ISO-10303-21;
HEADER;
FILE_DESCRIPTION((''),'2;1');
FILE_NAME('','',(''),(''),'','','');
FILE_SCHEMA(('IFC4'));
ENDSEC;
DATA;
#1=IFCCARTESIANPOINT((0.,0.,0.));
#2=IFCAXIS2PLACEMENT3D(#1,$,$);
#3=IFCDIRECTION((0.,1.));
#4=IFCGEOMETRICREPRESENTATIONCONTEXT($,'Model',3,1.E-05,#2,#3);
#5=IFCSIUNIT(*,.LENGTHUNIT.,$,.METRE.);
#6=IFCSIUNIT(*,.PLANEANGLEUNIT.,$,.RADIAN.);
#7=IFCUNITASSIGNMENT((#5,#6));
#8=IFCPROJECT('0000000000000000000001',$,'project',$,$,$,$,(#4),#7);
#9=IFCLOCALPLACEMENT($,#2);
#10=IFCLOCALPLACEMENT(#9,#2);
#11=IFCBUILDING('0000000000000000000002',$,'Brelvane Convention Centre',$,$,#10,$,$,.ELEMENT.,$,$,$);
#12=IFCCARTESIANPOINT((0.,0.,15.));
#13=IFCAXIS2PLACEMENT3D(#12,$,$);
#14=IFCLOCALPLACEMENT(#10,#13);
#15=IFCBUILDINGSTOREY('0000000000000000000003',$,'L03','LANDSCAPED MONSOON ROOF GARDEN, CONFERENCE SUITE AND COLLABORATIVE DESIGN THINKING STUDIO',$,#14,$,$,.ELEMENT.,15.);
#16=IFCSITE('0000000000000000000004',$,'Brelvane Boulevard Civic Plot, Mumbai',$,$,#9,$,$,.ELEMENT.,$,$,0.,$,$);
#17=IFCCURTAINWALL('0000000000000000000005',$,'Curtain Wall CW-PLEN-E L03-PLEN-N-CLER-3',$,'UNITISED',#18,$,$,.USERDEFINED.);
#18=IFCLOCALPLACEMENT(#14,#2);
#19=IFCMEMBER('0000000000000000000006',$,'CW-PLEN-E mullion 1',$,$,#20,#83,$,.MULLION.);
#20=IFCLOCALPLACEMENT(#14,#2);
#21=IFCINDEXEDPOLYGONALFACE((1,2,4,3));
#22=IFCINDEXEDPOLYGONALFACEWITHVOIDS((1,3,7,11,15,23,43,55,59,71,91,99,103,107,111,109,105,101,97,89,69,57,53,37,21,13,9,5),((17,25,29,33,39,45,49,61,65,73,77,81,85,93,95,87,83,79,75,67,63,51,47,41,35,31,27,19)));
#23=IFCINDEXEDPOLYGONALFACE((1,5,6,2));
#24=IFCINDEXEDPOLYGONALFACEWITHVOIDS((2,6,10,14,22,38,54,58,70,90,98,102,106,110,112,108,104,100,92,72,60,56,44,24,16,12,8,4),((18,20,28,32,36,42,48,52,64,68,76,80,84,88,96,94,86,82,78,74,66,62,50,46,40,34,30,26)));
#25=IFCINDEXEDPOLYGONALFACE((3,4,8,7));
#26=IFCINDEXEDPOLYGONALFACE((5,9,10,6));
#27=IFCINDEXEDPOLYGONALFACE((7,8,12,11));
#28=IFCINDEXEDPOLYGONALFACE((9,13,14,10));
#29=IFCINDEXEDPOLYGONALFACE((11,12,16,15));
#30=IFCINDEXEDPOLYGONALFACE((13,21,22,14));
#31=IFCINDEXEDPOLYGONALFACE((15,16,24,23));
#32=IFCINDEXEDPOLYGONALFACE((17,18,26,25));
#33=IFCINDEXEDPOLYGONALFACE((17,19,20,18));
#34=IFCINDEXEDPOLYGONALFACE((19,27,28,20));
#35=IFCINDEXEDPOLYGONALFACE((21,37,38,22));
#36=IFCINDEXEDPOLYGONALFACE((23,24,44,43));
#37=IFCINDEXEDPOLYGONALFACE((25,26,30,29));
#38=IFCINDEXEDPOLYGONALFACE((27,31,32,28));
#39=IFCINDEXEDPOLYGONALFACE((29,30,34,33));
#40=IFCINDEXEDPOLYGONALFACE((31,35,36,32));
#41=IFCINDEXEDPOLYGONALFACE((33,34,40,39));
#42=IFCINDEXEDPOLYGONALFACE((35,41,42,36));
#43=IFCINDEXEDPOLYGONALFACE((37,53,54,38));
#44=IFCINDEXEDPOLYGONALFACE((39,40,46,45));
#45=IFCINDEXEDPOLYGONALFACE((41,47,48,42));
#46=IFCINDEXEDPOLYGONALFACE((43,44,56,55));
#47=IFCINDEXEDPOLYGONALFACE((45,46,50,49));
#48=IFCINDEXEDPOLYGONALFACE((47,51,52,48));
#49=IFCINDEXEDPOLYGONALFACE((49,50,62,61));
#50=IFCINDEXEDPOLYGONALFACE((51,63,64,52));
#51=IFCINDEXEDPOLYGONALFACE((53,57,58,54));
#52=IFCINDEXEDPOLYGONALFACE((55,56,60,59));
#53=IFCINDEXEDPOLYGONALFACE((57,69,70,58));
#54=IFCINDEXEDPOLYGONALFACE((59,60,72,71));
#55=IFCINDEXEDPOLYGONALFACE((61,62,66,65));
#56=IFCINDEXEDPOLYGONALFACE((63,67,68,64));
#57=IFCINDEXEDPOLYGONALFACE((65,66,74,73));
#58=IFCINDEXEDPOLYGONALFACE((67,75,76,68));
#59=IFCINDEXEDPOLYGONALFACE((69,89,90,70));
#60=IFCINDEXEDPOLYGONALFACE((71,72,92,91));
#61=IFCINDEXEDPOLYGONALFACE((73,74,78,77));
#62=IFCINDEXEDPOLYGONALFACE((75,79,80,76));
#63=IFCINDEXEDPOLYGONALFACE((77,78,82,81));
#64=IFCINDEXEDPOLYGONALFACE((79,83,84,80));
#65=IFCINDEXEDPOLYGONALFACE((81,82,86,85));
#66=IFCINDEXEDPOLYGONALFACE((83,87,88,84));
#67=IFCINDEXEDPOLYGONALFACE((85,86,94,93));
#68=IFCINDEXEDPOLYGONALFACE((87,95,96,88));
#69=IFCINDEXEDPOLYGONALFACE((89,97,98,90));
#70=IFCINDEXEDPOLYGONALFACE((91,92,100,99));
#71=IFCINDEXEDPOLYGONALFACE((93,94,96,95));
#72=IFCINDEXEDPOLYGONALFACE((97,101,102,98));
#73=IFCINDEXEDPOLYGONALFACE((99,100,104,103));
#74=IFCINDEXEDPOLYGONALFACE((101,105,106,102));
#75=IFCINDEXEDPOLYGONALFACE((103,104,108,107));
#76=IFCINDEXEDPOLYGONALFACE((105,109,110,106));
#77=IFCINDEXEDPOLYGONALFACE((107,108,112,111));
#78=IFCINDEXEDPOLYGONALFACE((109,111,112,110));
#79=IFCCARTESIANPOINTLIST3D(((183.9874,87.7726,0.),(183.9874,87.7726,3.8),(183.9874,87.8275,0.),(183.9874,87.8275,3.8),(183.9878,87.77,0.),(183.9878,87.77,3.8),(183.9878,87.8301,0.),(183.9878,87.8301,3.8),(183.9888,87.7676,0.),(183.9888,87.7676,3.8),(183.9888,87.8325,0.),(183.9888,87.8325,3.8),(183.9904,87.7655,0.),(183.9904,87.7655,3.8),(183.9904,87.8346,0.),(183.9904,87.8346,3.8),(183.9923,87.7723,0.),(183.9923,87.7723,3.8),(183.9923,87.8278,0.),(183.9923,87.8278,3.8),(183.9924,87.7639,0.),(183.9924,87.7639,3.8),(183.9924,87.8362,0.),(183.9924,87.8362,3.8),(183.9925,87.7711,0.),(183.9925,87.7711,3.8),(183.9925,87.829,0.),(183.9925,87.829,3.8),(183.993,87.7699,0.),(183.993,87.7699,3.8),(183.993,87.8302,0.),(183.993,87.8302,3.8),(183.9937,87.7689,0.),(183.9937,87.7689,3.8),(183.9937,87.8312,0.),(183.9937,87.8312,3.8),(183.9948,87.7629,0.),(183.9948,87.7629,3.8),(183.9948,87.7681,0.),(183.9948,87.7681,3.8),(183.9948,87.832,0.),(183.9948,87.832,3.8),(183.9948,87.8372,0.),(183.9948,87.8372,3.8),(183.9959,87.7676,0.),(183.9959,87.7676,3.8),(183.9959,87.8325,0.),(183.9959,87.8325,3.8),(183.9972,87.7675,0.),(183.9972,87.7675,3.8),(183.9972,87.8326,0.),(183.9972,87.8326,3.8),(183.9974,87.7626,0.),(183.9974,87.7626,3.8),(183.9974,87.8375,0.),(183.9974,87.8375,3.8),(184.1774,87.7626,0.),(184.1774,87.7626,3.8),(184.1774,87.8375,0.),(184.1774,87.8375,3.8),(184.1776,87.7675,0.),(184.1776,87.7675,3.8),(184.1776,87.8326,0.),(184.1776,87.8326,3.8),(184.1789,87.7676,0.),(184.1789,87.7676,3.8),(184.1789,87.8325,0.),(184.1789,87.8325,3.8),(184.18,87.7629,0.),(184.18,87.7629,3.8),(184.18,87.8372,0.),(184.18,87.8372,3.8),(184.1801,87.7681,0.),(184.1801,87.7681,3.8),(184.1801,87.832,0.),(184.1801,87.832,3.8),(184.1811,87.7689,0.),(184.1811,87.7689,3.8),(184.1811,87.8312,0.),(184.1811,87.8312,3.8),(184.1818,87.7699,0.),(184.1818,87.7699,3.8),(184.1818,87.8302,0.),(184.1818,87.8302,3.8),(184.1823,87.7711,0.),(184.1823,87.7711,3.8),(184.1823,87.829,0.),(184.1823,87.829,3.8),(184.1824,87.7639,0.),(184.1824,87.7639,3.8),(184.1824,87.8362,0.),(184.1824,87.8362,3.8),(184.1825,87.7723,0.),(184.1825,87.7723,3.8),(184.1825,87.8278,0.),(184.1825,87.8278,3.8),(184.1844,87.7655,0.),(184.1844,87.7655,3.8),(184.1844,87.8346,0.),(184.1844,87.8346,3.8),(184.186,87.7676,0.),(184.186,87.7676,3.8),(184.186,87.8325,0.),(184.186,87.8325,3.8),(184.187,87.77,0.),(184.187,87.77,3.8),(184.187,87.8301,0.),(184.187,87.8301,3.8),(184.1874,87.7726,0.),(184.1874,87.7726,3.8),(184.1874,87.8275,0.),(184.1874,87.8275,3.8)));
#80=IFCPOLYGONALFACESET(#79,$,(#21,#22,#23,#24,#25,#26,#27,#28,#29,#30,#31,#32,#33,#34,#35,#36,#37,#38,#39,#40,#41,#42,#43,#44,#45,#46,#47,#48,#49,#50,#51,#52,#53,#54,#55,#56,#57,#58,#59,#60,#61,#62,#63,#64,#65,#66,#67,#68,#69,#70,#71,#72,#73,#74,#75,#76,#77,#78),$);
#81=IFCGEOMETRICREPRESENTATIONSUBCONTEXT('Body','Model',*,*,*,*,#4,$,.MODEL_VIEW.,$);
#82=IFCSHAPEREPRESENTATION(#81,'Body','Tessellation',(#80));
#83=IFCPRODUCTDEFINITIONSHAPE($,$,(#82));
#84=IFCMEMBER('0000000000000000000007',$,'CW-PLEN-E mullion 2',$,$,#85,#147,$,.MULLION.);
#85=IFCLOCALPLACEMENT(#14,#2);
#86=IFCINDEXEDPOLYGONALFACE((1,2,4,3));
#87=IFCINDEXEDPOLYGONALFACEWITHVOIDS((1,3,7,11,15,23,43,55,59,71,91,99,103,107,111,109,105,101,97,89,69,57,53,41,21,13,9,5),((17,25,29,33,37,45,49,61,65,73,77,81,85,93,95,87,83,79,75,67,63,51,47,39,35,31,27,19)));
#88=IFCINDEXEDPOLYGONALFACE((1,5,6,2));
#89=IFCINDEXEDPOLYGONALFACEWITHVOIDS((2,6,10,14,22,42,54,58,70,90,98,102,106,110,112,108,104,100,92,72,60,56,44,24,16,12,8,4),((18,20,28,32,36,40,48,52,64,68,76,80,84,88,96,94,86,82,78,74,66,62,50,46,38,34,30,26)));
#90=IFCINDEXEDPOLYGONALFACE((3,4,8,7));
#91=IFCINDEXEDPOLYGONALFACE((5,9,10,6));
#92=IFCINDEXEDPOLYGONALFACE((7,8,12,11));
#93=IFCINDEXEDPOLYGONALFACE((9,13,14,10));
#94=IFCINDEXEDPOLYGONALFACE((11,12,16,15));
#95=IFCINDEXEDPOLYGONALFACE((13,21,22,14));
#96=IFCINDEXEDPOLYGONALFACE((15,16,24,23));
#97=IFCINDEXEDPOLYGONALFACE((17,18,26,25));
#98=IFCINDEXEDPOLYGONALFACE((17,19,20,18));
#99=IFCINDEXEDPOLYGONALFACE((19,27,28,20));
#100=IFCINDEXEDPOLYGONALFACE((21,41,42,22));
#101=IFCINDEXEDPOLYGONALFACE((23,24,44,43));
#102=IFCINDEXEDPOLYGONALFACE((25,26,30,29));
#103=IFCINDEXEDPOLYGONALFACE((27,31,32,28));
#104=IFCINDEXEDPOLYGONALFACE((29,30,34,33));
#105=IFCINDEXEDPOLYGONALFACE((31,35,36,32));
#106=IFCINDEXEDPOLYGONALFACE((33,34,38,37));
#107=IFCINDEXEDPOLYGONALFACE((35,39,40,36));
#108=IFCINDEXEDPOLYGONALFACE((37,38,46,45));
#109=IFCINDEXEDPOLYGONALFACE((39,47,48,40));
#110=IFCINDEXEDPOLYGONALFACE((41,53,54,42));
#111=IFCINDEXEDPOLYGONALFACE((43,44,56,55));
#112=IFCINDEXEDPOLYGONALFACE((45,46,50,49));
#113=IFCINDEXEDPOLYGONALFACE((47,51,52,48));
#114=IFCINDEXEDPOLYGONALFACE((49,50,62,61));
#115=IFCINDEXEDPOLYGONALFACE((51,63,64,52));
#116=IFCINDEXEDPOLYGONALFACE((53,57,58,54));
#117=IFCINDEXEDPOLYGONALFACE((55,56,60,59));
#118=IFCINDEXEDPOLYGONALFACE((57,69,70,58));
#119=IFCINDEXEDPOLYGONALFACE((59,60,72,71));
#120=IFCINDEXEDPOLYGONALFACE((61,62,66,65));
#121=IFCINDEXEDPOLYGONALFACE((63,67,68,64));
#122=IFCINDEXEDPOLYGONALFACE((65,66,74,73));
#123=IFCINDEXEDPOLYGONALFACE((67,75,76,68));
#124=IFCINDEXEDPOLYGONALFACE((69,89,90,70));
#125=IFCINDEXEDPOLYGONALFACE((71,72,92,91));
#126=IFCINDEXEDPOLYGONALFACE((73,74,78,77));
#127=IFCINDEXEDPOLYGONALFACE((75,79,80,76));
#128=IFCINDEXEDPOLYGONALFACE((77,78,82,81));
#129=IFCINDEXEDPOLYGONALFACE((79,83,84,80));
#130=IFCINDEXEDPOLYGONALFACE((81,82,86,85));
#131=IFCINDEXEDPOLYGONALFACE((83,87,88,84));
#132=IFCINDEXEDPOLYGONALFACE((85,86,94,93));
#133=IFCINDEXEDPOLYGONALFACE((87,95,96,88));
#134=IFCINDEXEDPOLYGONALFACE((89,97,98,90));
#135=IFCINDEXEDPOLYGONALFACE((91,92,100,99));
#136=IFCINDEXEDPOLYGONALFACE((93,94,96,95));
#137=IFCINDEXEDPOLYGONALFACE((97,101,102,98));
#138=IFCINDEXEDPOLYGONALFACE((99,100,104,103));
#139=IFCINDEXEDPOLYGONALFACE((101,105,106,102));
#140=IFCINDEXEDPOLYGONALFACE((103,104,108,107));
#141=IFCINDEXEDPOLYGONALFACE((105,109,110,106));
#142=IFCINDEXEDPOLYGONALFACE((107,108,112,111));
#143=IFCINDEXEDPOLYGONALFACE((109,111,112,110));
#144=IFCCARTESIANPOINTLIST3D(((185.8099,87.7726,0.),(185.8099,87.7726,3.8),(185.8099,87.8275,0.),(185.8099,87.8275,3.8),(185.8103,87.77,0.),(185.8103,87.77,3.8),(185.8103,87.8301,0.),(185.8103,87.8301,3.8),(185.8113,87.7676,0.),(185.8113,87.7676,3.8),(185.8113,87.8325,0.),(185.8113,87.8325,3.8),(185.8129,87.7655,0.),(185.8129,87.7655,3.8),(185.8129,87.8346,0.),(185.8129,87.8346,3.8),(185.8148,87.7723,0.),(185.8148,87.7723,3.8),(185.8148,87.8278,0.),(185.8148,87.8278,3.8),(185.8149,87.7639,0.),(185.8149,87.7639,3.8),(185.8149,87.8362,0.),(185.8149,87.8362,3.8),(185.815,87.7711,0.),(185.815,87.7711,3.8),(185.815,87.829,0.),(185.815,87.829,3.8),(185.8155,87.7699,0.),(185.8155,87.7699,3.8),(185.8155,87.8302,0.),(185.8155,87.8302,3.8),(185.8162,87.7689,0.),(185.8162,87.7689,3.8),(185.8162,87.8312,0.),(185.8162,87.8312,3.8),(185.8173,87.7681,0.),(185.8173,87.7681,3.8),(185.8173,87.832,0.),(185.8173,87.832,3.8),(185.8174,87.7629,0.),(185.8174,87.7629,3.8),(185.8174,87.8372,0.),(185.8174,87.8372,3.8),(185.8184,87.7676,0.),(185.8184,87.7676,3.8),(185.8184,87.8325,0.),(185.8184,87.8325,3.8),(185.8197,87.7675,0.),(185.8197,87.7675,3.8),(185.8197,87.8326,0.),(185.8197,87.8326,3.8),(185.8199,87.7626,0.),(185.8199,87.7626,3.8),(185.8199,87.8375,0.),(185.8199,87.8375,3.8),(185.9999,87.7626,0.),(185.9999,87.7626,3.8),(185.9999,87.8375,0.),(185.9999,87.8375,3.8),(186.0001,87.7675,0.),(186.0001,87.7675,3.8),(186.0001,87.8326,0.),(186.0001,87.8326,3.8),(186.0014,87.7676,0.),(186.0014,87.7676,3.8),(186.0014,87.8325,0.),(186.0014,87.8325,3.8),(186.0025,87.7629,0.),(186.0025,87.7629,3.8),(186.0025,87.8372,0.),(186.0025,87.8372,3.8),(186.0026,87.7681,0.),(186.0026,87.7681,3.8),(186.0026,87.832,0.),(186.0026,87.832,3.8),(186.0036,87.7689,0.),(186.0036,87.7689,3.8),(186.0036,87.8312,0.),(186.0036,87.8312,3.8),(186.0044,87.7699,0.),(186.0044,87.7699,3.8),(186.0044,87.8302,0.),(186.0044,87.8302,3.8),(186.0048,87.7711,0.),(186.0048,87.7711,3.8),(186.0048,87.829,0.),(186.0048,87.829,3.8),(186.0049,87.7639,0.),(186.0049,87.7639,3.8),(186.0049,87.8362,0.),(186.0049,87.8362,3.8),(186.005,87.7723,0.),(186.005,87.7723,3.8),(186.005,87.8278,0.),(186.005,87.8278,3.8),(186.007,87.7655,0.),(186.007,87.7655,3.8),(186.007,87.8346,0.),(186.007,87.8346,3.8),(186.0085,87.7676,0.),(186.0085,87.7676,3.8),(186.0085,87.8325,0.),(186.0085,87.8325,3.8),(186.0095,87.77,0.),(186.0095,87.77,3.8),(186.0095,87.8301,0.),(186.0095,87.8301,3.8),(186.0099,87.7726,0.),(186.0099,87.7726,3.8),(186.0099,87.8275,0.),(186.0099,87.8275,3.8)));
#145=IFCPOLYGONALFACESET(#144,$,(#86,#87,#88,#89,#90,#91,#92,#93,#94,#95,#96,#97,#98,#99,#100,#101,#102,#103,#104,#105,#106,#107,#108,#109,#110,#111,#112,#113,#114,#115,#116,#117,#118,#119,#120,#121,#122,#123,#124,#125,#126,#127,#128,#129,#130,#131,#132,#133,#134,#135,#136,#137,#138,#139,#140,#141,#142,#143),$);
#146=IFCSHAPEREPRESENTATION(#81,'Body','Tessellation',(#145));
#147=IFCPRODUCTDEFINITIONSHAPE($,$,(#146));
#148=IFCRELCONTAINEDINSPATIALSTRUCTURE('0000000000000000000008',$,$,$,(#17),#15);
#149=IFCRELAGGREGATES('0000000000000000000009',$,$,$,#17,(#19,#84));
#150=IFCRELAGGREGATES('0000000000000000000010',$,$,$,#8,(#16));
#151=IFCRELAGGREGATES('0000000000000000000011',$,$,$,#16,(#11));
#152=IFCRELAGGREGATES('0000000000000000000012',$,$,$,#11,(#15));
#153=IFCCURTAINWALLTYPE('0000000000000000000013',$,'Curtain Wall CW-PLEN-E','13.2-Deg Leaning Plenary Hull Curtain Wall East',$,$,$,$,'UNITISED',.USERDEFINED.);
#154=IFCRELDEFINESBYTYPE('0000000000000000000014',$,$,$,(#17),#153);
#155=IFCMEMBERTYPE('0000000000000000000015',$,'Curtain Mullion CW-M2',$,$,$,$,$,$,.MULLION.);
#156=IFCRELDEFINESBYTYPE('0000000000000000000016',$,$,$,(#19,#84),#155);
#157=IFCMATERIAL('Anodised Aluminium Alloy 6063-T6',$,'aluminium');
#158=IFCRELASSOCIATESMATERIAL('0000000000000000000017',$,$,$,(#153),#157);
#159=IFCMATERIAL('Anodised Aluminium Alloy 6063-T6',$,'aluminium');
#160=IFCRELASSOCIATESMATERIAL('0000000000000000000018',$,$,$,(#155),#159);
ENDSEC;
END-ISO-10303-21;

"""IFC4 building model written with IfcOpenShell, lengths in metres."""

from ifc_helpers import new_model, si_unit, direction, frame, origin, origin_2d, place, context, subcontext, project, spatial, hollow_rectangle, extrude, material, material_profile, profile_set, type_object, element, aggregate, save


model = new_model("IFC4")

# Units and contexts
model_context = context("Model", 3, precision=1e-05, world=origin(), true_north=direction((0.0, 1.0)))
body_context = subcontext(model_context, "Body", "Model", "MODEL_VIEW")
ifc_project = project(units=[si_unit("LENGTHUNIT", "METRE"), si_unit("PLANEANGLEUNIT", "RADIAN")], contexts=[model_context])

# Site, building, storey
site_placement = place(None, origin())
site = spatial("IfcSite", under=ifc_project, at=site_placement, Name="Brelvane Boulevard Civic Plot, Mumbai", CompositionType="ELEMENT", RefElevation=0.0)
building_placement = place(site_placement, origin())
building = spatial("IfcBuilding", under=site, at=building_placement, Name="Brelvane Convention Centre", CompositionType="ELEMENT")
storey_placement = place(building_placement, frame((0.0, 0.0, 15.0)))
storey = spatial("IfcBuildingStorey", under=building, at=storey_placement, Name="L03", Description="LANDSCAPED MONSOON ROOF GARDEN, CONFERENCE SUITE AND COLLABORATIVE DESIGN THINKING STUDIO", CompositionType="ELEMENT", Elevation=15.0)

# Curtain wall, members
ifc_material_1 = material(Name="Anodised Aluminium Alloy 6063-T6", Category="aluminium")
curtain_wall_type = type_object("IfcCurtainWallType", Name="Curtain Wall CW-PLEN-E", Description="13.2-Deg Leaning Plenary Hull Curtain Wall East", ElementType="UNITISED", PredefinedType="USERDEFINED", material=ifc_material_1)
curtain_wall_placement = place(storey_placement, origin())
curtain_wall = element("IfcCurtainWall", 1, at=curtain_wall_placement, inside=storey, type_object=curtain_wall_type, Name="Curtain Wall CW-PLEN-E L03-PLEN-N-CLER-3", ObjectType="UNITISED", PredefinedType="USERDEFINED")
ifc_material_2 = material(Name="Anodised Aluminium Alloy 6063-T6", Category="aluminium")
ifc_material_profile_1 = material_profile(ifc_material_2, hollow_rectangle(XDim=0.075, YDim=0.2, WallThickness=0.0049, InnerFilletRadius=0.0049, OuterFilletRadius=0.01, at=origin_2d()), Name="ALU-M 200x75x5.0")
ifc_profile_set_1 = profile_set([ifc_material_profile_1], Name="Anodised Aluminium Alloy 6063-T6")
member_type_1 = type_object("IfcMemberType", Name="Curtain Mullion CW-M2", PredefinedType="MULLION", material=ifc_profile_set_1)
member_1_placement = place(storey_placement, frame((184.0874, 87.8, 0.0), z_axis=(0.0, 0.0, 1.0), x_axis=(0.0, 1.0, 0.0)))
member_1 = element("IfcMember", 2, at=member_1_placement, type_object=member_type_1, Name="CW-PLEN-E mullion 1", PredefinedType="MULLION", context=body_context, shape_type="SweptSolid", body=[
    extrude(hollow_rectangle(XDim=0.075, YDim=0.2, WallThickness=0.0049, InnerFilletRadius=0.0049, OuterFilletRadius=0.01, at=origin_2d()), origin(), (0.0, 0.0, 1.0), 3.8),
])
member_2_placement = place(storey_placement, frame((185.9099, 87.8, 0.0), z_axis=(0.0, 0.0, 1.0), x_axis=(0.0, 1.0, 0.0)))
member_2 = element("IfcMember", 3, at=member_2_placement, type_object=member_type_1, Name="CW-PLEN-E mullion 2", PredefinedType="MULLION", context=body_context, shape_type="SweptSolid", body=[
    extrude(hollow_rectangle(XDim=0.075, YDim=0.2, WallThickness=0.0049, InnerFilletRadius=0.0049, OuterFilletRadius=0.01, at=origin_2d()), origin(), (0.0, 0.0, 1.0), 3.8),
])
aggregate(curtain_wall, [member_1, member_2])

save(model, "model.ifc")
